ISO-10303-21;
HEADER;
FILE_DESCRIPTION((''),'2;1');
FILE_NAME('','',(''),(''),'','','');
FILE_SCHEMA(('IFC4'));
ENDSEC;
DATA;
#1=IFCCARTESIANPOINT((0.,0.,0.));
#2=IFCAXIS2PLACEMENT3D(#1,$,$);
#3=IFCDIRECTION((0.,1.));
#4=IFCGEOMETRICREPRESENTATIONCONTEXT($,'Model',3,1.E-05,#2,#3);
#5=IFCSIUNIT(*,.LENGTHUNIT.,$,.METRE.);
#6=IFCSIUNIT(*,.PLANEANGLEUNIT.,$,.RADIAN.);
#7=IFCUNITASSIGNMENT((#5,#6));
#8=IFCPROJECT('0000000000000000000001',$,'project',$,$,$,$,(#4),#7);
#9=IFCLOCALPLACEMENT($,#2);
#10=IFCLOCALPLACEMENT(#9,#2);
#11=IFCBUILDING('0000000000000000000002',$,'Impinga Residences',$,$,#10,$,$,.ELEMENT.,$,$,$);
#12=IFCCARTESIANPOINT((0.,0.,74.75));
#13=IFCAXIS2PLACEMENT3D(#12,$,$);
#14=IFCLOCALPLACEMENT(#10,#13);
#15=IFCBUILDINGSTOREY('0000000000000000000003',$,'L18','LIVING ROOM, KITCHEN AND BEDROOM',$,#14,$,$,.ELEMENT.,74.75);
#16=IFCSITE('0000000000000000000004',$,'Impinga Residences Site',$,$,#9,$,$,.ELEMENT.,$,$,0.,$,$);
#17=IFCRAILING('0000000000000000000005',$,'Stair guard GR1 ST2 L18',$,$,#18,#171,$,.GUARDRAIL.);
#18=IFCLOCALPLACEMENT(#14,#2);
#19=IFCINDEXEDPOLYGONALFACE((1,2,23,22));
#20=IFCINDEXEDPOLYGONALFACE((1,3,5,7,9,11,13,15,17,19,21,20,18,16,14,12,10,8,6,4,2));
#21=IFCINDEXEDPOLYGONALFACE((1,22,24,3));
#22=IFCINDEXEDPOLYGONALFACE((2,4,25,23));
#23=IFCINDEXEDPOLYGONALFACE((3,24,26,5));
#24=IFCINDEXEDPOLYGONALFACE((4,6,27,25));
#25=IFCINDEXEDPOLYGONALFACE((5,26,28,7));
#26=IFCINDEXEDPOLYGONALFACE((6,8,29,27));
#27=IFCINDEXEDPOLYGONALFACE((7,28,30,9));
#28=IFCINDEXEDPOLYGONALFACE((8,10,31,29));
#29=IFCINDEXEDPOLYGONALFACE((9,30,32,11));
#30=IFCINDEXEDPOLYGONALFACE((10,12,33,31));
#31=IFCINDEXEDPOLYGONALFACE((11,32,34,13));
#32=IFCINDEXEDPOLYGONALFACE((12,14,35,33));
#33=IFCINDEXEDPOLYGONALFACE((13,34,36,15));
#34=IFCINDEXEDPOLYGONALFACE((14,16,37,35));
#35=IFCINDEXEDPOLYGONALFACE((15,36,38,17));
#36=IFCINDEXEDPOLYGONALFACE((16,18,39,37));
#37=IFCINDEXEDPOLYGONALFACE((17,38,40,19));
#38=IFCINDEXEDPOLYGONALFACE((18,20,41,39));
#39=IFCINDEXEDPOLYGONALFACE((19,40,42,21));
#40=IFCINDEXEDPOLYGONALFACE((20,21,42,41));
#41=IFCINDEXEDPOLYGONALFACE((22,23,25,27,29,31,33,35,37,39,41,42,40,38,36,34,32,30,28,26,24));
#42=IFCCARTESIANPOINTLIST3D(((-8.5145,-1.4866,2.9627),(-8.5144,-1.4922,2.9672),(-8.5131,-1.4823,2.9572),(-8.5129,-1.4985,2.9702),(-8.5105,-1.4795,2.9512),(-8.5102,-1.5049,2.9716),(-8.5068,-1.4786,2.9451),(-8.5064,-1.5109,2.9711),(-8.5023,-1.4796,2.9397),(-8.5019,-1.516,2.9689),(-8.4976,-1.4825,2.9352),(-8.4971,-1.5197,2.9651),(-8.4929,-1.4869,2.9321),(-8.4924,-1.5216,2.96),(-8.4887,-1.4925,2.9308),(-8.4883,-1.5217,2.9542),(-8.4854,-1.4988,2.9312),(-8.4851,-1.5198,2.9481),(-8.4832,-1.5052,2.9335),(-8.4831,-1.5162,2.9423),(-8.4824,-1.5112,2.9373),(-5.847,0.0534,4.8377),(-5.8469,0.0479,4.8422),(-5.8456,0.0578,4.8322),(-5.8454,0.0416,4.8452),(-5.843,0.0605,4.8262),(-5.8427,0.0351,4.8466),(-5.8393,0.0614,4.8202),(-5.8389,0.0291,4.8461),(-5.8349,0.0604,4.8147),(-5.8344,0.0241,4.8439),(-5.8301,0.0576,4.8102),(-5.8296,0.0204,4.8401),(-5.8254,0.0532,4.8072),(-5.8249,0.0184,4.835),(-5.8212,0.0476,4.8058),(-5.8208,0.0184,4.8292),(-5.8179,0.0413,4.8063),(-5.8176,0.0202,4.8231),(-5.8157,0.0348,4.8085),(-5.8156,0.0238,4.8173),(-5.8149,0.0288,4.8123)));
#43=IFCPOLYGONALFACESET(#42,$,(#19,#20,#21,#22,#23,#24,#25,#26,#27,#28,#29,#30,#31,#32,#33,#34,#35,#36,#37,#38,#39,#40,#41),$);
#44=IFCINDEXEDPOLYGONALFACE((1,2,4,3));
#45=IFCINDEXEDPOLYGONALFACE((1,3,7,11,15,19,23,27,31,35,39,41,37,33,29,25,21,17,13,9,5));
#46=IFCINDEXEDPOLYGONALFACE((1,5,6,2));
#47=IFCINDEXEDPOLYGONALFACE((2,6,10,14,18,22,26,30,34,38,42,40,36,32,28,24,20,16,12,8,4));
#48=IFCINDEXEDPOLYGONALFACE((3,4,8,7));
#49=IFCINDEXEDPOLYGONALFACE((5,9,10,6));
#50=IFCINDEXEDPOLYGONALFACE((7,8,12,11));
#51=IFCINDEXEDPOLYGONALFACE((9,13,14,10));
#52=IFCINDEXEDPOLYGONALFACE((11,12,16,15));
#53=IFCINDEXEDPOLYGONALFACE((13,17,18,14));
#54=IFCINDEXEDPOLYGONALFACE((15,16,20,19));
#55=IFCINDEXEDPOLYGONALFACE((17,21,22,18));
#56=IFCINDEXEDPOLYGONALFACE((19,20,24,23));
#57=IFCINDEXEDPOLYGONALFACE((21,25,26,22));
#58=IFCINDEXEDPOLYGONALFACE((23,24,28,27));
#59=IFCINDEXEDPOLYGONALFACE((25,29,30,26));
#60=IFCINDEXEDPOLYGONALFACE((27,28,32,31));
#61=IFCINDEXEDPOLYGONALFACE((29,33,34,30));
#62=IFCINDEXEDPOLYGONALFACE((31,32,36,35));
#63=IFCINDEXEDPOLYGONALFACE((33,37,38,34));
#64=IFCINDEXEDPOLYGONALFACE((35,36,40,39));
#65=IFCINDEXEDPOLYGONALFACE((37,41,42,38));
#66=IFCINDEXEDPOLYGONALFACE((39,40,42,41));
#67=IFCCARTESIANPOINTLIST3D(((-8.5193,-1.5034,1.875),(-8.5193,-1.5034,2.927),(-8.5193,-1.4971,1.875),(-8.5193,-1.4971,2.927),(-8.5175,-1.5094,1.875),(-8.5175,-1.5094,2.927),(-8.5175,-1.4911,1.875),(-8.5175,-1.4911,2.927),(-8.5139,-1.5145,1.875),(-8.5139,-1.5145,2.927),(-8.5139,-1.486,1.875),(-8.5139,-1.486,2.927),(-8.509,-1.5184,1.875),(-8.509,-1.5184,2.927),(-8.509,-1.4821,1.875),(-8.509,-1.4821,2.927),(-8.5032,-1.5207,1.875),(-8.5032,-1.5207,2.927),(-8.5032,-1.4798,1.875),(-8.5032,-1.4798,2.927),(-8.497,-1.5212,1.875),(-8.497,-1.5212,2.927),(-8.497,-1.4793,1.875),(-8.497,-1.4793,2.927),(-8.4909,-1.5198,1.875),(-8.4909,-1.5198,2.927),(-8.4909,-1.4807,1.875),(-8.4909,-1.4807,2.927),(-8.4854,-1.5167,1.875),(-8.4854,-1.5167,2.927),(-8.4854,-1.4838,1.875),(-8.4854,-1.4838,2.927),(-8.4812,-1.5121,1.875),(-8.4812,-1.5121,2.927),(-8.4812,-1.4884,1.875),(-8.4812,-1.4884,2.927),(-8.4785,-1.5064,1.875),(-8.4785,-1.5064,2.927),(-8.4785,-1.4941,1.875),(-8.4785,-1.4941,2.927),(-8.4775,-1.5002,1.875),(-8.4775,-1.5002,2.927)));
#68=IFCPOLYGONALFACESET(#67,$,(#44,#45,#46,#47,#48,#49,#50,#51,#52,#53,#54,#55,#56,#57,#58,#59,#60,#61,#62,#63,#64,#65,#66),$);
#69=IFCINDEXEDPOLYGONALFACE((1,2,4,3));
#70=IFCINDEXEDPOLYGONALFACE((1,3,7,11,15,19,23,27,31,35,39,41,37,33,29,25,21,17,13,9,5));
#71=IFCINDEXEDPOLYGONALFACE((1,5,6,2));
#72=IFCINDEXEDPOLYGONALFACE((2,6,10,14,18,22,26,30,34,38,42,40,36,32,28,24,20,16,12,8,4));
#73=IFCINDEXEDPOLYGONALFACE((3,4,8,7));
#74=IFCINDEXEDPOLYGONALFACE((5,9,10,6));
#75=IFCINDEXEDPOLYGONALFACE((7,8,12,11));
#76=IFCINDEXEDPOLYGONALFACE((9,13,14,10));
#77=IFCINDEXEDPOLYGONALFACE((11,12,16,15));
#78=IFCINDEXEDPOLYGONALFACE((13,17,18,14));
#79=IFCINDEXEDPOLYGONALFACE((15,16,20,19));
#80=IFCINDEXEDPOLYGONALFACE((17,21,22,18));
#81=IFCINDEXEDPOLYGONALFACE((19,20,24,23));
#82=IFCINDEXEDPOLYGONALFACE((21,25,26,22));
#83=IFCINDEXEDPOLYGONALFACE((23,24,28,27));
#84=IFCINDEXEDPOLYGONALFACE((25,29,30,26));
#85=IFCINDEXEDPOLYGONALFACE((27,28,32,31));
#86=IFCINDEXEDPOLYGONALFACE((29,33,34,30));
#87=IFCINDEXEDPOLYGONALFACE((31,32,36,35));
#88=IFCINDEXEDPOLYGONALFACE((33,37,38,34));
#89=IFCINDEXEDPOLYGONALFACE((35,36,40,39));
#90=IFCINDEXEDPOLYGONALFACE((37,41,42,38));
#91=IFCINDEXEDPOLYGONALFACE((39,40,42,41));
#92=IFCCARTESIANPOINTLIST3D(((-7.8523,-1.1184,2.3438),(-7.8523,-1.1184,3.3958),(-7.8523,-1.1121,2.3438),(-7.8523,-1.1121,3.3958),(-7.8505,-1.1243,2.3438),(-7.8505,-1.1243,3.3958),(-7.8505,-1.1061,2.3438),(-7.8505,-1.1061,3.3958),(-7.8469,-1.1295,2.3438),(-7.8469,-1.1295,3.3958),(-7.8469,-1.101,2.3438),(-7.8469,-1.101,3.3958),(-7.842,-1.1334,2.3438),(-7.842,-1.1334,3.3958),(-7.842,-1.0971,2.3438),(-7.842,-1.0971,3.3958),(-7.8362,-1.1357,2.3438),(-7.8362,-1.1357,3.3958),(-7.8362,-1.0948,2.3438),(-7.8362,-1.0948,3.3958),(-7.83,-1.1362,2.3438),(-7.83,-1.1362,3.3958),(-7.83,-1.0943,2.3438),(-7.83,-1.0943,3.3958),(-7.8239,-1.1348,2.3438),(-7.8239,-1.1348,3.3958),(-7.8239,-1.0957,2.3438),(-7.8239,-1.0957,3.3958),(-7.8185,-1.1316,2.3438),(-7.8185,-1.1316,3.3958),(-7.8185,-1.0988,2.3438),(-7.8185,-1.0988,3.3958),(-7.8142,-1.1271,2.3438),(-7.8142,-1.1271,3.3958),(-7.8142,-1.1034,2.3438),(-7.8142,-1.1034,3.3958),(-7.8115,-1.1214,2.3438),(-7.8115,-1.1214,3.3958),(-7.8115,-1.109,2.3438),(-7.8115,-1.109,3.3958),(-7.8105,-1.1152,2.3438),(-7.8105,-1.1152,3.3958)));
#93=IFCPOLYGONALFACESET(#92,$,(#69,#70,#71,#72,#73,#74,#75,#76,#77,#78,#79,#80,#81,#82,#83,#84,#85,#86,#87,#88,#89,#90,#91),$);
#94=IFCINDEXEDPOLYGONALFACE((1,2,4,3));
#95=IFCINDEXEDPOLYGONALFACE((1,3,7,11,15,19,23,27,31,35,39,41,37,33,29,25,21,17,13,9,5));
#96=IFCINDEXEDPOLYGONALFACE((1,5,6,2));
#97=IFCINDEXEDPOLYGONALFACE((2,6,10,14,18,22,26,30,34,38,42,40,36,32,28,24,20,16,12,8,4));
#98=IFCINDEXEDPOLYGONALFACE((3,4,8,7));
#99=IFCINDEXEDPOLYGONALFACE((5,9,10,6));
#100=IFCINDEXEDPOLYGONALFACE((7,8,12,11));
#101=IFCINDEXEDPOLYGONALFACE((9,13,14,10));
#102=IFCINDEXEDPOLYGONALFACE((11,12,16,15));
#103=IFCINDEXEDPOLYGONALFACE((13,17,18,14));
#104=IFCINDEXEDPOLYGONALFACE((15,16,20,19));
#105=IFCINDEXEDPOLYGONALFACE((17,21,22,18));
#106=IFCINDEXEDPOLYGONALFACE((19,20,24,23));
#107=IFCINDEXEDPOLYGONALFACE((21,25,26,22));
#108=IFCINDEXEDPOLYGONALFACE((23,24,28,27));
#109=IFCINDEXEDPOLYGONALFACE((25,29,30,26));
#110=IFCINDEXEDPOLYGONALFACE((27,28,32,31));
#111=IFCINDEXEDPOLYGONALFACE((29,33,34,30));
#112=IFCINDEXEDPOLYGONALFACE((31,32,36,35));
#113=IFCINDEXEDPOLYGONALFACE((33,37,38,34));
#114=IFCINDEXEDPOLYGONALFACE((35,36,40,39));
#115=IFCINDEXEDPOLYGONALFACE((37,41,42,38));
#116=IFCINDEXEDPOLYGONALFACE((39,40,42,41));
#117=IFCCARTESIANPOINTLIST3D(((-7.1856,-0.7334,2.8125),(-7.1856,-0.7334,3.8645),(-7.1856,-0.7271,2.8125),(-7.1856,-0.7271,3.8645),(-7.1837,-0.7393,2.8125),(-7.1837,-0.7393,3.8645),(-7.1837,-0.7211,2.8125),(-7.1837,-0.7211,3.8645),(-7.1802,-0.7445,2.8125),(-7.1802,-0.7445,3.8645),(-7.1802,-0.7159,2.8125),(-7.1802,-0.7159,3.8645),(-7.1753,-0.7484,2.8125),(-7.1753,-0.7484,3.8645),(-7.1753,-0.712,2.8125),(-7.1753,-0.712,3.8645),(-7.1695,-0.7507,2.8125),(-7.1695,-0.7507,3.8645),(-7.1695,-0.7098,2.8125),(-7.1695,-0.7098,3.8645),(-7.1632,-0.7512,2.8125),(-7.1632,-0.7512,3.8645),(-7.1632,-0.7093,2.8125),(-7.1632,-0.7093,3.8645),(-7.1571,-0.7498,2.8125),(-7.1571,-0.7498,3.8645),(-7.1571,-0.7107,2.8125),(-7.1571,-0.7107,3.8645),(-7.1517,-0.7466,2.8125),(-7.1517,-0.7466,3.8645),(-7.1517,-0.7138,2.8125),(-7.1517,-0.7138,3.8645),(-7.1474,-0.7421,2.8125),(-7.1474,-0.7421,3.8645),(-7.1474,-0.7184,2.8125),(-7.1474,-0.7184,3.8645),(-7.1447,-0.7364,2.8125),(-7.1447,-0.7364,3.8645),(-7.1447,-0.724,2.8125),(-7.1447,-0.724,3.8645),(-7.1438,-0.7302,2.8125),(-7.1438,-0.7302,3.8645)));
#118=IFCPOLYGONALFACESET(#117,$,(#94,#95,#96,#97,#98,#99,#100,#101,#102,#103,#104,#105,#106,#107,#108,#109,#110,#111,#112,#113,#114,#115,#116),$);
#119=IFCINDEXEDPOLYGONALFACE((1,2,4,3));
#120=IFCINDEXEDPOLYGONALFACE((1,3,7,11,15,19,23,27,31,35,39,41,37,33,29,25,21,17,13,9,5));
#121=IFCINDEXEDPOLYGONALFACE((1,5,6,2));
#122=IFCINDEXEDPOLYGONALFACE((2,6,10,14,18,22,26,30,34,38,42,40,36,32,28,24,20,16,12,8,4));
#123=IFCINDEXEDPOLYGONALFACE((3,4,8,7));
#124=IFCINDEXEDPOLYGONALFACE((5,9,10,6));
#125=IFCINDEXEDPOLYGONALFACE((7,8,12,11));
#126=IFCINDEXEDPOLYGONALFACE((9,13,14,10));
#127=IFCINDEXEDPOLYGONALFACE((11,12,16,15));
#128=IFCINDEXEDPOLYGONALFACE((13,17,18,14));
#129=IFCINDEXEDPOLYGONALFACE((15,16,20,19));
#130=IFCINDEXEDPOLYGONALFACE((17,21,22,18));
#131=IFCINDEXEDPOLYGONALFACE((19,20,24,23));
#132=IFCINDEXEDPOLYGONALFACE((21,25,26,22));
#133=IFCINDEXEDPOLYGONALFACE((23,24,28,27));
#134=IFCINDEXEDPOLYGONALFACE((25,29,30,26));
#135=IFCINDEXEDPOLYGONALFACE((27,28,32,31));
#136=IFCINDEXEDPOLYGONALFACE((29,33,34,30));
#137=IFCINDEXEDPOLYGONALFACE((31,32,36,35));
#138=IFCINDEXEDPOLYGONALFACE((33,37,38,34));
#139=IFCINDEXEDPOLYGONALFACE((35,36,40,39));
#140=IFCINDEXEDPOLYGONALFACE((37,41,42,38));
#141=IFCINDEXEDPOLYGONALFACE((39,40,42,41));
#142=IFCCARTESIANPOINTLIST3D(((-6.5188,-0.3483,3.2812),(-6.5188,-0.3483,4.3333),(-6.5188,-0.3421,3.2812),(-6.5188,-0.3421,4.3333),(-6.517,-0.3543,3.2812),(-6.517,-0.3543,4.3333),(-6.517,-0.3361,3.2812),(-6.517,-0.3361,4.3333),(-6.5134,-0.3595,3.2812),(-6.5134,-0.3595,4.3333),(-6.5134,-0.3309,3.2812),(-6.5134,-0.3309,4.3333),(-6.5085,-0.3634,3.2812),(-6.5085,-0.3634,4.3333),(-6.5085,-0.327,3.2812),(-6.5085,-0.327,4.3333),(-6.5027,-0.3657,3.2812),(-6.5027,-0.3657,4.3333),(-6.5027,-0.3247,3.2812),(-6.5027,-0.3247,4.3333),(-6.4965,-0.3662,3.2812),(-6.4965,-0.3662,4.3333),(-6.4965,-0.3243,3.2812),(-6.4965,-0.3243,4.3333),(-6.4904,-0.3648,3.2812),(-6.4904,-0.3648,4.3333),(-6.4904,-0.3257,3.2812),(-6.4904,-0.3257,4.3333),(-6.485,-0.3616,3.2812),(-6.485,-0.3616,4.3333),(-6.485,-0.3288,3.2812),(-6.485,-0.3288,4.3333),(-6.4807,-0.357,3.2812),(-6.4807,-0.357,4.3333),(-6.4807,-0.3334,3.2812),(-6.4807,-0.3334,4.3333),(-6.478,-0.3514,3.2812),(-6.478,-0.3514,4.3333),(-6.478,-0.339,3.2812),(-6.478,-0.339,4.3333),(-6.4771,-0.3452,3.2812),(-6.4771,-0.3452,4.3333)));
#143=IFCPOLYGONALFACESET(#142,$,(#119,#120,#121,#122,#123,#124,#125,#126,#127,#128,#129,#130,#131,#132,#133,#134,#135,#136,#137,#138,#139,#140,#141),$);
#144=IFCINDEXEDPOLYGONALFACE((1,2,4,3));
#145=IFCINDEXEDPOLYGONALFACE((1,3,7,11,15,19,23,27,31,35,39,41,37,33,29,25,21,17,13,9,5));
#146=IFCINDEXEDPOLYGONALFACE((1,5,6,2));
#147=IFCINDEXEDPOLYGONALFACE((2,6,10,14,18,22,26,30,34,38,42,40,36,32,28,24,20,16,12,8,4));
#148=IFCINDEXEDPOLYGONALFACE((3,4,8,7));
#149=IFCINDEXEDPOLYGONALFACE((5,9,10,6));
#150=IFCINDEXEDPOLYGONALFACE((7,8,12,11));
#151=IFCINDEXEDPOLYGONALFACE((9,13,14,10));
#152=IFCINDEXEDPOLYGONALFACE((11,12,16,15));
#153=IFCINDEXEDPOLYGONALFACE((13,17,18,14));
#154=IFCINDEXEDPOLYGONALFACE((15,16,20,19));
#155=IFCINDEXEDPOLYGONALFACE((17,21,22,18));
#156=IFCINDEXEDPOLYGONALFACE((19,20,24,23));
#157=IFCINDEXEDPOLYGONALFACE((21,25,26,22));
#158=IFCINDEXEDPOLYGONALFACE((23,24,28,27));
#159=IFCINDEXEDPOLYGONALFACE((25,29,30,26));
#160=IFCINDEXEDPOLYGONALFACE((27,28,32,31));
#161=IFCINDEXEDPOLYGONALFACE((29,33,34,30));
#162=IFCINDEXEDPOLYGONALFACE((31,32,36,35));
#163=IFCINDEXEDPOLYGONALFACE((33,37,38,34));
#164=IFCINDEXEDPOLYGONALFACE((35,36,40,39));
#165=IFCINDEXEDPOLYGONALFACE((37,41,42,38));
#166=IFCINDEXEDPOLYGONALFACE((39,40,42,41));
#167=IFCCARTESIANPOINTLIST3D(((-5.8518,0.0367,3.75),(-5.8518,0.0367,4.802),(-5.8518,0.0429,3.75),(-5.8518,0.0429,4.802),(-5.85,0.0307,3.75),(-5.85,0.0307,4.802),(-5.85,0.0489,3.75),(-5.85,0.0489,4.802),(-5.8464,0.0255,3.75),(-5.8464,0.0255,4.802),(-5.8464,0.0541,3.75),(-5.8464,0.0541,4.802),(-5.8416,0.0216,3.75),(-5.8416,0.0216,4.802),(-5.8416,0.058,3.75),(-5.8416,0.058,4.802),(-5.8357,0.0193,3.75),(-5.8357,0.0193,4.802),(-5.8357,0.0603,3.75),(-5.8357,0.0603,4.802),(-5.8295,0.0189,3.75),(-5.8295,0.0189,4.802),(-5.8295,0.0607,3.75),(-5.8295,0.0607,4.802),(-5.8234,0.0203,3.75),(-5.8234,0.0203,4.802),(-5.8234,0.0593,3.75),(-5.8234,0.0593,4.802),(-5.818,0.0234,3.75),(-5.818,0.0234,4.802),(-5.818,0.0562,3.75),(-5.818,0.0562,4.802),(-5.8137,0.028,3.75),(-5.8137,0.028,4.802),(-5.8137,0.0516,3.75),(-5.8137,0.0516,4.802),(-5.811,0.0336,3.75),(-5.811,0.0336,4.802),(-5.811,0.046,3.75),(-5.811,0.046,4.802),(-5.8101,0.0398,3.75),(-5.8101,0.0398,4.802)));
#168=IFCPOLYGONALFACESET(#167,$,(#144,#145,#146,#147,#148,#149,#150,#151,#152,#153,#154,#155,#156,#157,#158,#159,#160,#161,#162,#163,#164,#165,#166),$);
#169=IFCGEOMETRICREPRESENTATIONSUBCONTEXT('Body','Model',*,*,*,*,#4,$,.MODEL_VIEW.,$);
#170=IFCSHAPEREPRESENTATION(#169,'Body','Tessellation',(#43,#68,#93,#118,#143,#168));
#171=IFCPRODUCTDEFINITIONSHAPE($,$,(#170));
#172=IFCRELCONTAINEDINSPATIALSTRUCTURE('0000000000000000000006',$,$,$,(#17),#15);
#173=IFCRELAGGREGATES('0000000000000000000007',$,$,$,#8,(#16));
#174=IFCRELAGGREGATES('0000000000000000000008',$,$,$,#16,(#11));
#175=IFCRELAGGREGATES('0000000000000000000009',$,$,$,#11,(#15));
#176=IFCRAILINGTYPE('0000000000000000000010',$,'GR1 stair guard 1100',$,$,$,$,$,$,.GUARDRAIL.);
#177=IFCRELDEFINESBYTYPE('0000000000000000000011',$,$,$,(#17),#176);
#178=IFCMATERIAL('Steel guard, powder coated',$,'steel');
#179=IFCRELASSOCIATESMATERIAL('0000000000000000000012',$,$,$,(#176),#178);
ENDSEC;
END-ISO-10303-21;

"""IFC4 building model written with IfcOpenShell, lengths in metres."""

from ifc_helpers import new_model, si_unit, direction, frame, origin, origin_2d, place, context, subcontext, project, spatial, circle, extrude, material, type_object, element, save


model = new_model("IFC4")

# Units and contexts
model_context = context("Model", 3, precision=1e-05, world=origin(), true_north=direction((0.0, 1.0)))
body_context = subcontext(model_context, "Body", "Model", "MODEL_VIEW")
ifc_project = project(units=[si_unit("LENGTHUNIT", "METRE"), si_unit("PLANEANGLEUNIT", "RADIAN")], contexts=[model_context])

# Site, building, storey
site_placement = place(None, origin())
site = spatial("IfcSite", under=ifc_project, at=site_placement, Name="Impinga Residences Site", CompositionType="ELEMENT", RefElevation=0.0)
building_placement = place(site_placement, origin())
building = spatial("IfcBuilding", under=site, at=building_placement, Name="Impinga Residences", CompositionType="ELEMENT")
storey_placement = place(building_placement, frame((0.0, 0.0, 74.75)))
storey = spatial("IfcBuildingStorey", under=building, at=storey_placement, Name="L18", Description="LIVING ROOM, KITCHEN AND BEDROOM", CompositionType="ELEMENT", Elevation=74.75)

# Railing
ifc_material_1 = material(Name="Steel guard, powder coated", Category="steel")
railing_type = type_object("IfcRailingType", Name="GR1 stair guard 1100", PredefinedType="GUARDRAIL", material=ifc_material_1)
railing_placement = place(storey_placement, frame((-8.4985, -1.5002, 1.875)))
element("IfcRailing", 1, at=railing_placement, inside=storey, type_object=railing_type, Name="Stair guard GR1 ST2 L18", PredefinedType="GUARDRAIL", context=body_context, shape_type="SweptSolid", body=[
    extrude(circle(Radius=0.0239, at=origin_2d()), frame((0.0, 0.0, 1.0762), z_axis=(0.739746, 0.427084, 0.519975), x_axis=(-0.499992, 0.86603, 0.0)), (0.0, 0.0, 1.0), 3.606),
    extrude(circle(Radius=0.021, at=origin_2d()), origin(), (0.0, 0.0, 1.0), 1.052),
    extrude(circle(Radius=0.021, at=origin_2d()), frame((0.667, 0.385, 0.4688)), (0.0, 0.0, 1.0), 1.052),
    extrude(circle(Radius=0.021, at=origin_2d()), frame((1.3337, 0.77, 0.9375)), (0.0, 0.0, 1.0), 1.052),
    extrude(circle(Radius=0.021, at=origin_2d()), frame((2.0005, 1.155, 1.4062)), (0.0, 0.0, 1.0), 1.052),
    extrude(circle(Radius=0.021, at=origin_2d()), frame((2.6675, 1.54, 1.875)), (0.0, 0.0, 1.0), 1.052),
])

save(model, "model.ifc")
